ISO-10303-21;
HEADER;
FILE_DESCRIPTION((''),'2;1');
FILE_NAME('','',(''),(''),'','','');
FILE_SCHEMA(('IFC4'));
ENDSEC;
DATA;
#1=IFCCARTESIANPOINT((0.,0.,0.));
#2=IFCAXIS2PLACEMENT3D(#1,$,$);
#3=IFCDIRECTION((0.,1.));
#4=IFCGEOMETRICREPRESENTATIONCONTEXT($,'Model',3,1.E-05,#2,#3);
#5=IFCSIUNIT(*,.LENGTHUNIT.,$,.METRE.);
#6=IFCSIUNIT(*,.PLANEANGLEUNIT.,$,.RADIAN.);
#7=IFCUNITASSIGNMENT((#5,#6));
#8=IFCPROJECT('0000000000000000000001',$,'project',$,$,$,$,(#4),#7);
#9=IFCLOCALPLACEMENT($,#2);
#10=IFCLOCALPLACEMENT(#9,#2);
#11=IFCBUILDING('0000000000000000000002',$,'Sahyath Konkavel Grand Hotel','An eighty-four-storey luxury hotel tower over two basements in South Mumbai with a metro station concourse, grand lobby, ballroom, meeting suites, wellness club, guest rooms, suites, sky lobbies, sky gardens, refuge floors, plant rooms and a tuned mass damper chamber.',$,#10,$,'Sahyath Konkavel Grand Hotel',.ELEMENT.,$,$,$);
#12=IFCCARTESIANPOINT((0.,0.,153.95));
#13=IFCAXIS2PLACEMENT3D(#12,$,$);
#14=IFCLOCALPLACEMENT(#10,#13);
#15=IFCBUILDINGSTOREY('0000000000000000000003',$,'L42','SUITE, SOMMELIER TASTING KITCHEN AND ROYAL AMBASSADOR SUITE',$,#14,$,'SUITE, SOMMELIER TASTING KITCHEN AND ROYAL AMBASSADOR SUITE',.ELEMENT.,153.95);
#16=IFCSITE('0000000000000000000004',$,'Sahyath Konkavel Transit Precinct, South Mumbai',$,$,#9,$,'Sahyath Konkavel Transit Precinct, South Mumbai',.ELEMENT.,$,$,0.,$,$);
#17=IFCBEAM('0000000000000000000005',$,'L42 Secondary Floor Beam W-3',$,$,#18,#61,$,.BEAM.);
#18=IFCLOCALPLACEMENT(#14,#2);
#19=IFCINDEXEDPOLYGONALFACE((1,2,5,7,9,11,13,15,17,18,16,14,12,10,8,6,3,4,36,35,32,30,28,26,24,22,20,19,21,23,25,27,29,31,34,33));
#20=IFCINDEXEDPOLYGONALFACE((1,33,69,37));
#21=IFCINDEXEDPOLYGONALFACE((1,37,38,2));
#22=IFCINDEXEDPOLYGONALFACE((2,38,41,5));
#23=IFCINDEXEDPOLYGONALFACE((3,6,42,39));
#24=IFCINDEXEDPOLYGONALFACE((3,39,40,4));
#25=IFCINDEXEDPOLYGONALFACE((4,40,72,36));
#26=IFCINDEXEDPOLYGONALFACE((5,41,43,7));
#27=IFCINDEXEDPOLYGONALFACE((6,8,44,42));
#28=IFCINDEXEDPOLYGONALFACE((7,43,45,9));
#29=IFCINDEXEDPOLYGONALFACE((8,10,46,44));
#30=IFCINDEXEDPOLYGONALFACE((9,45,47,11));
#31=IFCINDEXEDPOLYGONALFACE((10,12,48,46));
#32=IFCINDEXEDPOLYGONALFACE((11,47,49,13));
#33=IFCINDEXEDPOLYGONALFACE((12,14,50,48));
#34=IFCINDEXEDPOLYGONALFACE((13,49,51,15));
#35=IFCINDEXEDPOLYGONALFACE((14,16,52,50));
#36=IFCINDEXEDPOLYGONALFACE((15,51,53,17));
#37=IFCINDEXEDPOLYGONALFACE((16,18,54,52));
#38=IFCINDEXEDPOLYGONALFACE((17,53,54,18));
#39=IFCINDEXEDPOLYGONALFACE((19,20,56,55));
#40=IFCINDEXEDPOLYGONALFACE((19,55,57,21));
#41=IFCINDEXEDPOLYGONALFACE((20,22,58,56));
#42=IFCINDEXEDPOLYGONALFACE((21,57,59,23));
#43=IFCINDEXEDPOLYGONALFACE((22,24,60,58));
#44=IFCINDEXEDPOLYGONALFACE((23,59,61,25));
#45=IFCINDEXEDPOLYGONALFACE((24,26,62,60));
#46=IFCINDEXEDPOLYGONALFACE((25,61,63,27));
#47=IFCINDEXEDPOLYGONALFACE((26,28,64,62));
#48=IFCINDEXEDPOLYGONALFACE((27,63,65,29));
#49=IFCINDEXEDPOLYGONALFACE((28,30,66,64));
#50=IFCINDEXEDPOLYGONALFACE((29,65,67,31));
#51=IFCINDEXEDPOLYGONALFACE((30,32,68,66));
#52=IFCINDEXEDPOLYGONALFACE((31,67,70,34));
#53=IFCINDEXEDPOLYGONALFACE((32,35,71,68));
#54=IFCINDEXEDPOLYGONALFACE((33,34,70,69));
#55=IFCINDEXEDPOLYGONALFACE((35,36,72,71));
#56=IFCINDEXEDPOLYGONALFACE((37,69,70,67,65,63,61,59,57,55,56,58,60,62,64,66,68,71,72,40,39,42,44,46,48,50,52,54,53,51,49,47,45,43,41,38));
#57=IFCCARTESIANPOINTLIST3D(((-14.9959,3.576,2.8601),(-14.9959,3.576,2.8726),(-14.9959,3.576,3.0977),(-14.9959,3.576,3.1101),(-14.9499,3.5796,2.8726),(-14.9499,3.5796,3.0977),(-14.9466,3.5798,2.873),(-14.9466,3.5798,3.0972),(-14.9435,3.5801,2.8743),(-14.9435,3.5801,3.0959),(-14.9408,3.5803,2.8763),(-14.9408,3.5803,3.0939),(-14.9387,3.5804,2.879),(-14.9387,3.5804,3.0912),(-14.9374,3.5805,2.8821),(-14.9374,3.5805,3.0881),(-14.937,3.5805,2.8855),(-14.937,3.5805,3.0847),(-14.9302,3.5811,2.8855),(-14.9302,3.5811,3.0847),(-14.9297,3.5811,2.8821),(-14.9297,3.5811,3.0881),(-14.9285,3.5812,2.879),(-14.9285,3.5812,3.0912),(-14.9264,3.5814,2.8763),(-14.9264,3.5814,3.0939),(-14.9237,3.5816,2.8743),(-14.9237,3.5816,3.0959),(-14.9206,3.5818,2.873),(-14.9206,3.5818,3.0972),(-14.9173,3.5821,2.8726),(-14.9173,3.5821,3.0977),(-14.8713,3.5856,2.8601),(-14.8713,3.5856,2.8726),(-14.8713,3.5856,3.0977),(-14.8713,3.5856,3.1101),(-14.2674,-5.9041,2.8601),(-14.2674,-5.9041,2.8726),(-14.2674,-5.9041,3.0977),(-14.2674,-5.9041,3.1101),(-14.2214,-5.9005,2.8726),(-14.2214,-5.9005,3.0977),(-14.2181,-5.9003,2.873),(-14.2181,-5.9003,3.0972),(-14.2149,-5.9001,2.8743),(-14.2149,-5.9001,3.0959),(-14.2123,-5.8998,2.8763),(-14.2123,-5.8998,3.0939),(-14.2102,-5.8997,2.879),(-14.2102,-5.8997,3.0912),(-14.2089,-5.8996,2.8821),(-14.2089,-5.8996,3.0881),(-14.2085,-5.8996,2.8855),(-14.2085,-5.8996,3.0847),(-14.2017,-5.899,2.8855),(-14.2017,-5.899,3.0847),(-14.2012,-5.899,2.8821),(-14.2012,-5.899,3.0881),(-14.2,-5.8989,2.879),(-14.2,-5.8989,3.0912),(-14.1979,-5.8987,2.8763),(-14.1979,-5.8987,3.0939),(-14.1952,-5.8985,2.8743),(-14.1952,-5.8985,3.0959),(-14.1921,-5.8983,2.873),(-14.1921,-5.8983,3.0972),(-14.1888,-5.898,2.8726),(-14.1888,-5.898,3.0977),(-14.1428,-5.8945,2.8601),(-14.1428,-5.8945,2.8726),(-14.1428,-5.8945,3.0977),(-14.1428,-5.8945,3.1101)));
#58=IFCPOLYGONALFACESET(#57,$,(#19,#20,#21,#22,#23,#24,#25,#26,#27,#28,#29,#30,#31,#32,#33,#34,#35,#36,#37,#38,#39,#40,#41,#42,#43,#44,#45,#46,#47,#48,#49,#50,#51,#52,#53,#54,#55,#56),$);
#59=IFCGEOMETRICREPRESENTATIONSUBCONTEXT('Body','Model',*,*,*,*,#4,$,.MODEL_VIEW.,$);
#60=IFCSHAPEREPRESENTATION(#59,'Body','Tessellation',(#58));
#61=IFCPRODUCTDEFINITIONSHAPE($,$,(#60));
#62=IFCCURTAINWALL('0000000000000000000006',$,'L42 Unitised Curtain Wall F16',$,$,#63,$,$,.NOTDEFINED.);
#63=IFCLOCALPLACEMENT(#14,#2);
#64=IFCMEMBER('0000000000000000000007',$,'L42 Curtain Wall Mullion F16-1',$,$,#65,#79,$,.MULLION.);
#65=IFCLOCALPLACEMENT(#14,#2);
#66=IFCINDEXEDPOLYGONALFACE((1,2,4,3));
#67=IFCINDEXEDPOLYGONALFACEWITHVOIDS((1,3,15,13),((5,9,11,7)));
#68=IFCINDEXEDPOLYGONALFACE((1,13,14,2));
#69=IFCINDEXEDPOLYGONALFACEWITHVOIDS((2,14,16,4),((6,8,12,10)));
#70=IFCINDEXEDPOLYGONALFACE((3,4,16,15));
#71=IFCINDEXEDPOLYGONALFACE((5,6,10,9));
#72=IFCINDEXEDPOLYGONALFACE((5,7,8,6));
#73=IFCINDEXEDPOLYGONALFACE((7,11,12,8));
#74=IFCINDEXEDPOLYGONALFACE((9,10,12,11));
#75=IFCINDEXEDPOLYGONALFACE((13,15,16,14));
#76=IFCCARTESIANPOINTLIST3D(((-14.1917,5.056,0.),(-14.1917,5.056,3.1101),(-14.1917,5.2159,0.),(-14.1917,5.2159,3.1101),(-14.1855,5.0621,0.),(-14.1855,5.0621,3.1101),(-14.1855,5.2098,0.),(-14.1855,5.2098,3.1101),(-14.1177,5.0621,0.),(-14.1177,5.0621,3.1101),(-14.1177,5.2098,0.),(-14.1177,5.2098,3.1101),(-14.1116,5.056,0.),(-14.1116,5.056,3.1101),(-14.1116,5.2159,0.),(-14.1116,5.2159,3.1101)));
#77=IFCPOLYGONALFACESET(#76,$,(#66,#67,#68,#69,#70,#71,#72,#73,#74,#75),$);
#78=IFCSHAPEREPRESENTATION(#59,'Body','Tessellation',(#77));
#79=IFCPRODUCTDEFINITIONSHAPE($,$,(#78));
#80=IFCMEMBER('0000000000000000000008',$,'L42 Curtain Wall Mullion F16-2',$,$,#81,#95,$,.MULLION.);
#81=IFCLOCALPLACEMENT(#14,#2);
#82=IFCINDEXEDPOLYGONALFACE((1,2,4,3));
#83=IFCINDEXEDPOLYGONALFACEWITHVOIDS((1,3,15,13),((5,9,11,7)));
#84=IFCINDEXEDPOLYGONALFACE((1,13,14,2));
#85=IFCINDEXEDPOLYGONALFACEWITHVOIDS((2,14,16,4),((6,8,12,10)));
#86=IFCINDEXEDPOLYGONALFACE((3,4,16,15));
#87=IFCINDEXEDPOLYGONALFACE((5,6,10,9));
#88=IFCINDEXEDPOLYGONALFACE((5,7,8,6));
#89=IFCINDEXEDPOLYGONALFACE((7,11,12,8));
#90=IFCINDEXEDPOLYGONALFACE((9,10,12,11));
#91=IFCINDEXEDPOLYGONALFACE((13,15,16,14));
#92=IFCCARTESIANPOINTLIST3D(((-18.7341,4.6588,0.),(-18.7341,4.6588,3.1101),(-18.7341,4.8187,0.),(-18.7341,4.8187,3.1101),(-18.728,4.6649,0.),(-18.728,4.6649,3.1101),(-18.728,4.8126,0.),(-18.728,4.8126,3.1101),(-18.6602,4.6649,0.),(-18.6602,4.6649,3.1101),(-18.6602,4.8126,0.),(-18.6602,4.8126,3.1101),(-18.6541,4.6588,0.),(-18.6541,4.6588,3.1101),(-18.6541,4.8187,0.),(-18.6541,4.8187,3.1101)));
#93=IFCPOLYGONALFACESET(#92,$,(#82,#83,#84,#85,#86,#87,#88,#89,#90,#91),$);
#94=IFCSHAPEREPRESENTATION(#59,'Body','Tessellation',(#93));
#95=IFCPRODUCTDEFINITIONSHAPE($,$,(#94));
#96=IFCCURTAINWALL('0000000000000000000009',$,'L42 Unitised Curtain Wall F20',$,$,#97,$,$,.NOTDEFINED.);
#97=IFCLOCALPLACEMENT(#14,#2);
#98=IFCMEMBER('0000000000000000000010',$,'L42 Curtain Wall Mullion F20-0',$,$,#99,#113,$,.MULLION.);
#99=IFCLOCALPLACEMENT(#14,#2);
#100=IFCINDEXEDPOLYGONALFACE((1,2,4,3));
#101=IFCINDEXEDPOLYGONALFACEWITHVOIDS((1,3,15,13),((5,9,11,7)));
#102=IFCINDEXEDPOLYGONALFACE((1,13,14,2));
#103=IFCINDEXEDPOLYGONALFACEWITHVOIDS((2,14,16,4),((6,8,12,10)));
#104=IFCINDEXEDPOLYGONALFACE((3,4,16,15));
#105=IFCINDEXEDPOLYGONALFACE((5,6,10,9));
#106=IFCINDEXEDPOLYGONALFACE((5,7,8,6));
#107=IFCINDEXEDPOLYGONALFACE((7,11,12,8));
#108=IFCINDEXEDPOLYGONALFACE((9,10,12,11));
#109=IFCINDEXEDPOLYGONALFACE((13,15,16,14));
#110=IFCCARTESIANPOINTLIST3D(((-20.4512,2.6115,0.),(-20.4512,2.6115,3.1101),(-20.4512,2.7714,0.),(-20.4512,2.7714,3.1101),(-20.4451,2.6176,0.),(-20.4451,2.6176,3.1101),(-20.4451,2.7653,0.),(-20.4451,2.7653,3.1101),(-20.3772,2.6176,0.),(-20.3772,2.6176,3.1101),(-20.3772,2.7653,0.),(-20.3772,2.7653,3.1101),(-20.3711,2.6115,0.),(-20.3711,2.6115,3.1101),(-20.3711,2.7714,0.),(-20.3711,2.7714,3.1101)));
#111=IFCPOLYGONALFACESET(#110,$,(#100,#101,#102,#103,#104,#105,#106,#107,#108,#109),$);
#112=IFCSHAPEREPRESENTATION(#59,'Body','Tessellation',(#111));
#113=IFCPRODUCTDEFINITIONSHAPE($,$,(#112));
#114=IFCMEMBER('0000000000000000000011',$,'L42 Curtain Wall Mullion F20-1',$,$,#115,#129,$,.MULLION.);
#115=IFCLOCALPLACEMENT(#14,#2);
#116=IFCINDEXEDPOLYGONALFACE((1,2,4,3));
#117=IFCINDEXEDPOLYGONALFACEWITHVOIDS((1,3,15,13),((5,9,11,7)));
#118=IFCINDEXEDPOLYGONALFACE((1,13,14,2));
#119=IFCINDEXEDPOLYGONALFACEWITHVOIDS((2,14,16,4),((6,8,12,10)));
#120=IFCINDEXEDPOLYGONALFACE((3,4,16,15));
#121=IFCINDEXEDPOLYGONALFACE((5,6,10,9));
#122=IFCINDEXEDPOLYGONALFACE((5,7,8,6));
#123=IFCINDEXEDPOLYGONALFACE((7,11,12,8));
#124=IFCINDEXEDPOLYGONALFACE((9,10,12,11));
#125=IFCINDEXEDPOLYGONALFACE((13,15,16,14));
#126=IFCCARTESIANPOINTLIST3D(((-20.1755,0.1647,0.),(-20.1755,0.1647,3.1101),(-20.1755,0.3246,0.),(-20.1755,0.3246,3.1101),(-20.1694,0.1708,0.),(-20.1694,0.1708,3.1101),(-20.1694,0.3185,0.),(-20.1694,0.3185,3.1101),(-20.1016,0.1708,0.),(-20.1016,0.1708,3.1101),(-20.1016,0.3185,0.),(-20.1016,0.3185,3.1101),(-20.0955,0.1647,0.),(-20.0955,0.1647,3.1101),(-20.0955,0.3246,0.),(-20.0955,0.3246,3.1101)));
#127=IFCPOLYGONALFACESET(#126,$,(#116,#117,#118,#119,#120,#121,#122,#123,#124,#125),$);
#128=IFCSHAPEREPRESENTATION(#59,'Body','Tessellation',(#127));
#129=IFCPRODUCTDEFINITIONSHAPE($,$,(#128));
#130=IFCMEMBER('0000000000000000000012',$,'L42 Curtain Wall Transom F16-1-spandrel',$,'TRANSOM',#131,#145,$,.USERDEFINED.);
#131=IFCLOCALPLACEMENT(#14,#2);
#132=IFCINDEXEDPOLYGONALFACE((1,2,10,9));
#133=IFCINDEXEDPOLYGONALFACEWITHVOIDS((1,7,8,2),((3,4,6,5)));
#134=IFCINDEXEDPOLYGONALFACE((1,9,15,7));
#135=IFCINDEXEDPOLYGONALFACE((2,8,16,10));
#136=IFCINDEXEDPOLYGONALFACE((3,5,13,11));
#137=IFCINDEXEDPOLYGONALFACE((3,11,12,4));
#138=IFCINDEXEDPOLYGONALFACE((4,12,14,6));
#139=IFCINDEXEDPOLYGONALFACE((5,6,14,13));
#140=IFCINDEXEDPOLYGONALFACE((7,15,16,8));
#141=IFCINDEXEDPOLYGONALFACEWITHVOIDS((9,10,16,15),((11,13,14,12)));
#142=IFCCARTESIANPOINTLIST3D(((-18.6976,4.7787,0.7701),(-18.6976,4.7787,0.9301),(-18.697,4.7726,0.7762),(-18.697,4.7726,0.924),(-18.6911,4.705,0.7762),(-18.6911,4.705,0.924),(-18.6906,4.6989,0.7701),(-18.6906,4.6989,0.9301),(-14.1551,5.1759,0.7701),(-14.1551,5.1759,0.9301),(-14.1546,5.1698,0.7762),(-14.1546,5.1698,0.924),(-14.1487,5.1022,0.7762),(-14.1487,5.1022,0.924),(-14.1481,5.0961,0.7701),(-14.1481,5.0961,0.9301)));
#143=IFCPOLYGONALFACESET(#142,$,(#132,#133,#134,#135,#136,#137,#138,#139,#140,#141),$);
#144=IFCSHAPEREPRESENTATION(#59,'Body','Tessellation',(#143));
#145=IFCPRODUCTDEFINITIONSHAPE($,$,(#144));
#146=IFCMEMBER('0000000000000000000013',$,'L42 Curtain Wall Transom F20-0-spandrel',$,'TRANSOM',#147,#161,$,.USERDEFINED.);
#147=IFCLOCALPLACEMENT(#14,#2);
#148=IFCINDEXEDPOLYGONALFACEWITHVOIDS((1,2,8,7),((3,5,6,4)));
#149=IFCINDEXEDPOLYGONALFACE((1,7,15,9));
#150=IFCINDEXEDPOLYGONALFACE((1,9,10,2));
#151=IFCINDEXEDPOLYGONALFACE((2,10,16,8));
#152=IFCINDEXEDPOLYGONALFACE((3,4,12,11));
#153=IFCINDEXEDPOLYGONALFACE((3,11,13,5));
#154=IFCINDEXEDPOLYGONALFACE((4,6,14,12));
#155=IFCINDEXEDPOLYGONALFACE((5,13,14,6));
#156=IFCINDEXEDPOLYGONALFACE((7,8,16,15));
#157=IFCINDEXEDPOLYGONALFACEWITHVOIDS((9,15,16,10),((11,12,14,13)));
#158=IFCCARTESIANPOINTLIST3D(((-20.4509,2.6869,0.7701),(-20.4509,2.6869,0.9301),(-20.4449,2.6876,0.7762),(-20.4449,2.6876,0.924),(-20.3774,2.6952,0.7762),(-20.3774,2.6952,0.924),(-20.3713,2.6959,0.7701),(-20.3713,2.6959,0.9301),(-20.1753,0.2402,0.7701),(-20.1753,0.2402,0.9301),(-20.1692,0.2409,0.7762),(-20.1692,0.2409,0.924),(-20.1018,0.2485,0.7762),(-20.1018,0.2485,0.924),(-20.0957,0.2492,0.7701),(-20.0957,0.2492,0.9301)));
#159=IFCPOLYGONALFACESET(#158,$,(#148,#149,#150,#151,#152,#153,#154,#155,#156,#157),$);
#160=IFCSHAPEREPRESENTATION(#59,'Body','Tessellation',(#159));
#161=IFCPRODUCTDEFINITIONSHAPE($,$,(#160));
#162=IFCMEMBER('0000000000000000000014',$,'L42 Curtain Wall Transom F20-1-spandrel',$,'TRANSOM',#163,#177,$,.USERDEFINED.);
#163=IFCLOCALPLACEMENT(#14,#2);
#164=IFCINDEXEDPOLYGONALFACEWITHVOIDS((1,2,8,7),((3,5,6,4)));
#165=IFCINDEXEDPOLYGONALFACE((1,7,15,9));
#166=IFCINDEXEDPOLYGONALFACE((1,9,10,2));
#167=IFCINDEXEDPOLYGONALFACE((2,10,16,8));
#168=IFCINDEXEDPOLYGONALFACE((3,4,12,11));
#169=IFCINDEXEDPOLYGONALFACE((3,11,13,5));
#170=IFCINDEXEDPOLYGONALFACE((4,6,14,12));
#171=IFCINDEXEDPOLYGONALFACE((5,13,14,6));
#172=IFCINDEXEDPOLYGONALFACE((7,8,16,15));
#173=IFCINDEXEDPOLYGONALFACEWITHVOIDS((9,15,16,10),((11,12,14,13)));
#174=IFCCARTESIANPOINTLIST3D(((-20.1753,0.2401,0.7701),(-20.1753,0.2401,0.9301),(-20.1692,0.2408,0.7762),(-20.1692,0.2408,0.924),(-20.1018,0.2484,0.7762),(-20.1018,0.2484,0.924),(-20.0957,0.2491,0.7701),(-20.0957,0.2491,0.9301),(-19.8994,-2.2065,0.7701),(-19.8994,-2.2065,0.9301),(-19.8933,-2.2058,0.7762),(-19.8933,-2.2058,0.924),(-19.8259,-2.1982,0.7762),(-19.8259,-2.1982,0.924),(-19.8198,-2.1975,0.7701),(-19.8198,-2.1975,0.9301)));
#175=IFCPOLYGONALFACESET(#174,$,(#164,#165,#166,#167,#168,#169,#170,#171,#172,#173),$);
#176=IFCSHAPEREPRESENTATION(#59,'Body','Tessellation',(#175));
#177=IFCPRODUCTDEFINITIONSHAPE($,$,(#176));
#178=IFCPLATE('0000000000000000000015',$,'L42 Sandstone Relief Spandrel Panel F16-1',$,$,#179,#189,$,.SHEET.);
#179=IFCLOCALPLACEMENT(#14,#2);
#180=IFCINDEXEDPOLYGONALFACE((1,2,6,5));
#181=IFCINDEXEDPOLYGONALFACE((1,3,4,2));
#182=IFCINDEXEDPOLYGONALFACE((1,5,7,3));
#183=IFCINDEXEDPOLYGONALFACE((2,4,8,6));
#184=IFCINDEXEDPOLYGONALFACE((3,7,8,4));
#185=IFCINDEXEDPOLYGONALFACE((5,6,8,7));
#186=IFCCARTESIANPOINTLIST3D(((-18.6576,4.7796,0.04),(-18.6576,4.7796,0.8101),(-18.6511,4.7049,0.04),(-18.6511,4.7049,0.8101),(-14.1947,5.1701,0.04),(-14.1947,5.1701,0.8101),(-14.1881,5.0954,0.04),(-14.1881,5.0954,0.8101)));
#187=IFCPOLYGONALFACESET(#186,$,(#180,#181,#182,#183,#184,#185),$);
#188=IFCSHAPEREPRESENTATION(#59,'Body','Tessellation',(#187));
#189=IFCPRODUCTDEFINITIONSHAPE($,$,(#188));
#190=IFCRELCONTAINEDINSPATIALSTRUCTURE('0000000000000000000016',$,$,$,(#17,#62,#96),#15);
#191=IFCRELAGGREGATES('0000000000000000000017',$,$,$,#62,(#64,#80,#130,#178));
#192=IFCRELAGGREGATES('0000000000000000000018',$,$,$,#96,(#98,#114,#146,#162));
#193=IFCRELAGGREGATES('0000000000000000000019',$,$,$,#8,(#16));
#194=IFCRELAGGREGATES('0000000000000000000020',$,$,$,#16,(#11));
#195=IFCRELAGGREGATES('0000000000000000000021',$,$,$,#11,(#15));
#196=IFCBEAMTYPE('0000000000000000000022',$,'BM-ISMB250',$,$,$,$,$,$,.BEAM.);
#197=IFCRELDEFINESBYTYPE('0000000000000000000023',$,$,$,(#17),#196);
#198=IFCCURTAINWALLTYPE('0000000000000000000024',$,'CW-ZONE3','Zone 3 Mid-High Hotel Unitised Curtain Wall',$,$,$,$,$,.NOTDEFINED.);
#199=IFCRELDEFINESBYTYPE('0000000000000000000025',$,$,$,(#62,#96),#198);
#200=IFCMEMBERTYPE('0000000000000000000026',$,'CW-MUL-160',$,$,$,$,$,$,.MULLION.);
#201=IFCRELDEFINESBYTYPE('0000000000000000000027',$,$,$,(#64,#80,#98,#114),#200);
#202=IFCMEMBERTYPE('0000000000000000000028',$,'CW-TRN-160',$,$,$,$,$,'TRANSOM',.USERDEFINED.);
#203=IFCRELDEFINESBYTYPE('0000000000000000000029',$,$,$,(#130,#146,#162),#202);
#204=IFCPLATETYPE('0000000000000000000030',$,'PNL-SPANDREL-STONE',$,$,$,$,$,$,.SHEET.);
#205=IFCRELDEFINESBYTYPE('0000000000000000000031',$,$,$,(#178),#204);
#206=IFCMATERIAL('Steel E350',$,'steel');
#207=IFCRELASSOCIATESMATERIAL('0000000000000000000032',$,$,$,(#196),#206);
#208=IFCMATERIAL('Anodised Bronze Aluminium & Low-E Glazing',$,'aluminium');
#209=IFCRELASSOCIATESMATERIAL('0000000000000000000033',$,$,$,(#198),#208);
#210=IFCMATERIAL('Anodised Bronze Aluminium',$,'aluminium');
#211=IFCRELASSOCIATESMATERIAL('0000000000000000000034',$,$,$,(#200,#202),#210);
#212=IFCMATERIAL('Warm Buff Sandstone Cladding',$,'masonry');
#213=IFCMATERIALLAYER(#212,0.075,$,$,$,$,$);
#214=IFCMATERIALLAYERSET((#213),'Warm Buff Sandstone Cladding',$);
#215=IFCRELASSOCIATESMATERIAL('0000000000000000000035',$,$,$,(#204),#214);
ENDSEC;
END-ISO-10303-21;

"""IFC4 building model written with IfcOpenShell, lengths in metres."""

from ifc_helpers import new_model, si_unit, direction, frame, origin, origin_2d, place, context, subcontext, project, spatial, rectangle, hollow_rectangle, i_section, extrude, source, transform, mapped, material, layer, layer_set, material_profile, profile_set, type_object, element, aggregate, save


model = new_model("IFC4")

# Units and contexts
model_context = context("Model", 3, precision=1e-05, world=origin(), true_north=direction((0.0, 1.0)))
body_context = subcontext(model_context, "Body", "Model", "MODEL_VIEW")
ifc_project = project(units=[si_unit("LENGTHUNIT", "METRE"), si_unit("PLANEANGLEUNIT", "RADIAN")], contexts=[model_context])

# Site, building, storey
site_placement = place(None, origin())
site = spatial("IfcSite", under=ifc_project, at=site_placement, Name="Sahyath Konkavel Transit Precinct, South Mumbai", LongName="Sahyath Konkavel Transit Precinct, South Mumbai", CompositionType="ELEMENT", RefElevation=0.0)
building_placement = place(site_placement, origin())
building = spatial("IfcBuilding", under=site, at=building_placement, Name="Sahyath Konkavel Grand Hotel", Description="An eighty-four-storey luxury hotel tower over two basements in South Mumbai with a metro station concourse, grand lobby, ballroom, meeting suites, wellness club, guest rooms, suites, sky lobbies, sky gardens, refuge floors, plant rooms and a tuned mass damper chamber.", LongName="Sahyath Konkavel Grand Hotel", CompositionType="ELEMENT")
storey_placement = place(building_placement, frame((0.0, 0.0, 153.95)))
storey = spatial("IfcBuildingStorey", under=building, at=storey_placement, Name="L42", Description="SUITE, SOMMELIER TASTING KITCHEN AND ROYAL AMBASSADOR SUITE", LongName="SUITE, SOMMELIER TASTING KITCHEN AND ROYAL AMBASSADOR SUITE", CompositionType="ELEMENT", Elevation=153.95)

# Beam
ifc_material_1 = material(Name="Steel E350", Category="steel")
ifc_material_profile_1 = material_profile(ifc_material_1, i_section(OverallWidth=0.125, OverallDepth=0.25, WebThickness=0.0068, FlangeThickness=0.0125, FilletRadius=0.0129, at=origin_2d()), Name="ISMB 250")
ifc_profile_set_1 = profile_set([ifc_material_profile_1], Name="Steel E350")
beam_type_1 = type_object("IfcBeamType", Name="BM-ISMB250", PredefinedType="BEAM", material=ifc_profile_set_1)
shared_shape_1 = source(origin(), body_context, "Body", "SweptSolid", [
    extrude(i_section(OverallWidth=0.125, OverallDepth=0.25, WebThickness=0.0068, FlangeThickness=0.0125, FilletRadius=0.0129, at=origin_2d()), origin(), (0.0, 0.0, 1.0), 9.5081),
])
beam_1_placement = place(storey_placement, frame((-14.9336, 3.5808, 2.9851), z_axis=(0.07662, -0.99706, 0.0), x_axis=(0.99706, 0.07662, 0.0)))
element("IfcBeam", 1, at=beam_1_placement, inside=storey, type_object=beam_type_1, Name="L42 Secondary Floor Beam W-3", PredefinedType="BEAM", context=body_context, shape_type="MappedRepresentation", body=[
    mapped(shared_shape_1, transform((0.0, 0.0, 0.0), scale=1.0)),
])

# Curtain walls, members
ifc_material_2 = material(Name="Anodised Bronze Aluminium & Low-E Glazing", Category="aluminium")
curtain_wall_type = type_object("IfcCurtainWallType", Name="CW-ZONE3", Description="Zone 3 Mid-High Hotel Unitised Curtain Wall", PredefinedType="NOTDEFINED", material=ifc_material_2)
curtain_wall_1_placement = place(storey_placement, origin())
curtain_wall_1 = element("IfcCurtainWall", 2, at=curtain_wall_1_placement, inside=storey, type_object=curtain_wall_type, Name="L42 Unitised Curtain Wall F16", PredefinedType="NOTDEFINED")
ifc_material_3 = material(Name="Anodised Bronze Aluminium", Category="aluminium")
ifc_material_profile_2 = material_profile(ifc_material_3, hollow_rectangle(XDim=0.0801, YDim=0.1599, WallThickness=0.0061, at=origin_2d()), Name="RHS 160x80x6")
ifc_profile_set_2 = profile_set([ifc_material_profile_2], Name="Anodised Bronze Aluminium")
member_type_1 = type_object("IfcMemberType", Name="CW-MUL-160", PredefinedType="MULLION", material=ifc_profile_set_2)
shared_shape_2 = source(origin(), body_context, "Body", "SweptSolid", [
    extrude(hollow_rectangle(XDim=0.0801, YDim=0.1599, WallThickness=0.0061, at=origin_2d()), origin(), (0.0, 0.0, 1.0), 3.1101),
])
member_1_placement = place(storey_placement, frame((-14.1516, 5.136, 0.0), z_axis=(0.0, 0.0, 1.0), x_axis=(1.0, 0.0, 0.0)))
member_1 = element("IfcMember", 3, at=member_1_placement, type_object=member_type_1, Name="L42 Curtain Wall Mullion F16-1", PredefinedType="MULLION", context=body_context, shape_type="MappedRepresentation", body=[
    mapped(shared_shape_2, transform((0.0, 0.0, 0.0), scale=1.0)),
])
member_2_placement = place(storey_placement, frame((-18.6941, 4.7388, 0.0), z_axis=(0.0, 0.0, 1.0), x_axis=(1.0, 0.0, 0.0)))
member_2 = element("IfcMember", 4, at=member_2_placement, type_object=member_type_1, Name="L42 Curtain Wall Mullion F16-2", PredefinedType="MULLION", context=body_context, shape_type="MappedRepresentation", body=[
    mapped(shared_shape_2, transform((0.0, 0.0, 0.0), scale=1.0)),
])
curtain_wall_2_placement = place(storey_placement, origin())
curtain_wall_2 = element("IfcCurtainWall", 5, at=curtain_wall_2_placement, inside=storey, type_object=curtain_wall_type, Name="L42 Unitised Curtain Wall F20", PredefinedType="NOTDEFINED")
member_3_placement = place(storey_placement, frame((-20.4111, 2.6914, 0.0), z_axis=(0.0, 0.0, 1.0), x_axis=(1.0, 0.0, 0.0)))
member_3 = element("IfcMember", 6, at=member_3_placement, type_object=member_type_1, Name="L42 Curtain Wall Mullion F20-0", PredefinedType="MULLION", context=body_context, shape_type="MappedRepresentation", body=[
    mapped(shared_shape_2, transform((0.0, 0.0, 0.0), scale=1.0)),
])
member_4_placement = place(storey_placement, frame((-20.1355, 0.2446, 0.0), z_axis=(0.0, 0.0, 1.0), x_axis=(1.0, 0.0, 0.0)))
member_4 = element("IfcMember", 7, at=member_4_placement, type_object=member_type_1, Name="L42 Curtain Wall Mullion F20-1", PredefinedType="MULLION", context=body_context, shape_type="MappedRepresentation", body=[
    mapped(shared_shape_2, transform((0.0, 0.0, 0.0), scale=1.0)),
])

# Members
ifc_material_profile_3 = material_profile(ifc_material_3, hollow_rectangle(XDim=0.0801, YDim=0.1599, WallThickness=0.0061, at=origin_2d()), Name="RHS 160x80x6")
ifc_profile_set_3 = profile_set([ifc_material_profile_3], Name="Anodised Bronze Aluminium")
member_type_2 = type_object("IfcMemberType", Name="CW-TRN-160", ElementType="TRANSOM", PredefinedType="USERDEFINED", material=ifc_profile_set_3)
shared_shape_3 = source(origin(), body_context, "Body", "SweptSolid", [
    extrude(hollow_rectangle(XDim=0.0801, YDim=0.1599, WallThickness=0.0061, at=origin_2d()), origin(), (0.0, 0.0, 1.0), 4.5598),
])
member_5_placement = place(storey_placement, frame((-14.1516, 5.136, 0.8501), z_axis=(-0.996198, -0.087112, 0.0), x_axis=(0.087112, -0.996198, 0.0)))
member_5 = element("IfcMember", 8, at=member_5_placement, type_object=member_type_2, Name="L42 Curtain Wall Transom F16-1-spandrel", ObjectType="TRANSOM", PredefinedType="USERDEFINED", context=body_context, shape_type="MappedRepresentation", body=[
    mapped(shared_shape_3, transform((0.0, 0.0, 0.0), scale=1.0)),
])
shared_shape_4 = source(origin(), body_context, "Body", "SweptSolid", [
    extrude(hollow_rectangle(XDim=0.0801, YDim=0.1599, WallThickness=0.0061, at=origin_2d()), origin(), (0.0, 0.0, 1.0), 2.4622),
])
member_6_placement = place(storey_placement, frame((-20.4111, 2.6914, 0.8501), z_axis=(0.111944, -0.993715, 0.0), x_axis=(0.993715, 0.111944, 0.0)))
member_6 = element("IfcMember", 9, at=member_6_placement, type_object=member_type_2, Name="L42 Curtain Wall Transom F20-0-spandrel", ObjectType="TRANSOM", PredefinedType="USERDEFINED", context=body_context, shape_type="MappedRepresentation", body=[
    mapped(shared_shape_4, transform((0.0, 0.0, 0.0), scale=1.0)),
])
member_7_placement = place(storey_placement, frame((-20.1355, 0.2446, 0.8501), z_axis=(0.112053, -0.993702, 0.0), x_axis=(0.993702, 0.112053, 0.0)))
member_7 = element("IfcMember", 10, at=member_7_placement, type_object=member_type_2, Name="L42 Curtain Wall Transom F20-1-spandrel", ObjectType="TRANSOM", PredefinedType="USERDEFINED", context=body_context, shape_type="MappedRepresentation", body=[
    mapped(shared_shape_4, transform((0.0, 0.0, 0.0), scale=1.0)),
])

# Plate
ifc_material_4 = material(Name="Warm Buff Sandstone Cladding", Category="masonry")
ifc_layer_1 = layer(ifc_material_4, 0.075)
ifc_layer_set_1 = layer_set([ifc_layer_1], Name="Warm Buff Sandstone Cladding")
plate_type_1 = type_object("IfcPlateType", Name="PNL-SPANDREL-STONE", PredefinedType="SHEET", material=ifc_layer_set_1)
shared_shape_5 = source(origin(), body_context, "Body", "SweptSolid", [
    extrude(rectangle(XDim=4.48, YDim=0.075, at=origin_2d()), origin(), (0.0, 0.0, 1.0), 0.77),
])
plate_1_placement = place(storey_placement, frame((-16.4229, 4.9375, 0.04), z_axis=(0.0, 0.0, 1.0), x_axis=(-0.996195, -0.087156, 0.0)))
plate_1 = element("IfcPlate", 11, at=plate_1_placement, type_object=plate_type_1, Name="L42 Sandstone Relief Spandrel Panel F16-1", PredefinedType="SHEET", context=body_context, shape_type="MappedRepresentation", body=[
    mapped(shared_shape_5, transform((0.0, 0.0, 0.0), scale=1.0)),
])
aggregate(curtain_wall_1, [member_1, member_2, member_5, plate_1])
aggregate(curtain_wall_2, [member_3, member_4, member_6, member_7])

save(model, "model.ifc")
